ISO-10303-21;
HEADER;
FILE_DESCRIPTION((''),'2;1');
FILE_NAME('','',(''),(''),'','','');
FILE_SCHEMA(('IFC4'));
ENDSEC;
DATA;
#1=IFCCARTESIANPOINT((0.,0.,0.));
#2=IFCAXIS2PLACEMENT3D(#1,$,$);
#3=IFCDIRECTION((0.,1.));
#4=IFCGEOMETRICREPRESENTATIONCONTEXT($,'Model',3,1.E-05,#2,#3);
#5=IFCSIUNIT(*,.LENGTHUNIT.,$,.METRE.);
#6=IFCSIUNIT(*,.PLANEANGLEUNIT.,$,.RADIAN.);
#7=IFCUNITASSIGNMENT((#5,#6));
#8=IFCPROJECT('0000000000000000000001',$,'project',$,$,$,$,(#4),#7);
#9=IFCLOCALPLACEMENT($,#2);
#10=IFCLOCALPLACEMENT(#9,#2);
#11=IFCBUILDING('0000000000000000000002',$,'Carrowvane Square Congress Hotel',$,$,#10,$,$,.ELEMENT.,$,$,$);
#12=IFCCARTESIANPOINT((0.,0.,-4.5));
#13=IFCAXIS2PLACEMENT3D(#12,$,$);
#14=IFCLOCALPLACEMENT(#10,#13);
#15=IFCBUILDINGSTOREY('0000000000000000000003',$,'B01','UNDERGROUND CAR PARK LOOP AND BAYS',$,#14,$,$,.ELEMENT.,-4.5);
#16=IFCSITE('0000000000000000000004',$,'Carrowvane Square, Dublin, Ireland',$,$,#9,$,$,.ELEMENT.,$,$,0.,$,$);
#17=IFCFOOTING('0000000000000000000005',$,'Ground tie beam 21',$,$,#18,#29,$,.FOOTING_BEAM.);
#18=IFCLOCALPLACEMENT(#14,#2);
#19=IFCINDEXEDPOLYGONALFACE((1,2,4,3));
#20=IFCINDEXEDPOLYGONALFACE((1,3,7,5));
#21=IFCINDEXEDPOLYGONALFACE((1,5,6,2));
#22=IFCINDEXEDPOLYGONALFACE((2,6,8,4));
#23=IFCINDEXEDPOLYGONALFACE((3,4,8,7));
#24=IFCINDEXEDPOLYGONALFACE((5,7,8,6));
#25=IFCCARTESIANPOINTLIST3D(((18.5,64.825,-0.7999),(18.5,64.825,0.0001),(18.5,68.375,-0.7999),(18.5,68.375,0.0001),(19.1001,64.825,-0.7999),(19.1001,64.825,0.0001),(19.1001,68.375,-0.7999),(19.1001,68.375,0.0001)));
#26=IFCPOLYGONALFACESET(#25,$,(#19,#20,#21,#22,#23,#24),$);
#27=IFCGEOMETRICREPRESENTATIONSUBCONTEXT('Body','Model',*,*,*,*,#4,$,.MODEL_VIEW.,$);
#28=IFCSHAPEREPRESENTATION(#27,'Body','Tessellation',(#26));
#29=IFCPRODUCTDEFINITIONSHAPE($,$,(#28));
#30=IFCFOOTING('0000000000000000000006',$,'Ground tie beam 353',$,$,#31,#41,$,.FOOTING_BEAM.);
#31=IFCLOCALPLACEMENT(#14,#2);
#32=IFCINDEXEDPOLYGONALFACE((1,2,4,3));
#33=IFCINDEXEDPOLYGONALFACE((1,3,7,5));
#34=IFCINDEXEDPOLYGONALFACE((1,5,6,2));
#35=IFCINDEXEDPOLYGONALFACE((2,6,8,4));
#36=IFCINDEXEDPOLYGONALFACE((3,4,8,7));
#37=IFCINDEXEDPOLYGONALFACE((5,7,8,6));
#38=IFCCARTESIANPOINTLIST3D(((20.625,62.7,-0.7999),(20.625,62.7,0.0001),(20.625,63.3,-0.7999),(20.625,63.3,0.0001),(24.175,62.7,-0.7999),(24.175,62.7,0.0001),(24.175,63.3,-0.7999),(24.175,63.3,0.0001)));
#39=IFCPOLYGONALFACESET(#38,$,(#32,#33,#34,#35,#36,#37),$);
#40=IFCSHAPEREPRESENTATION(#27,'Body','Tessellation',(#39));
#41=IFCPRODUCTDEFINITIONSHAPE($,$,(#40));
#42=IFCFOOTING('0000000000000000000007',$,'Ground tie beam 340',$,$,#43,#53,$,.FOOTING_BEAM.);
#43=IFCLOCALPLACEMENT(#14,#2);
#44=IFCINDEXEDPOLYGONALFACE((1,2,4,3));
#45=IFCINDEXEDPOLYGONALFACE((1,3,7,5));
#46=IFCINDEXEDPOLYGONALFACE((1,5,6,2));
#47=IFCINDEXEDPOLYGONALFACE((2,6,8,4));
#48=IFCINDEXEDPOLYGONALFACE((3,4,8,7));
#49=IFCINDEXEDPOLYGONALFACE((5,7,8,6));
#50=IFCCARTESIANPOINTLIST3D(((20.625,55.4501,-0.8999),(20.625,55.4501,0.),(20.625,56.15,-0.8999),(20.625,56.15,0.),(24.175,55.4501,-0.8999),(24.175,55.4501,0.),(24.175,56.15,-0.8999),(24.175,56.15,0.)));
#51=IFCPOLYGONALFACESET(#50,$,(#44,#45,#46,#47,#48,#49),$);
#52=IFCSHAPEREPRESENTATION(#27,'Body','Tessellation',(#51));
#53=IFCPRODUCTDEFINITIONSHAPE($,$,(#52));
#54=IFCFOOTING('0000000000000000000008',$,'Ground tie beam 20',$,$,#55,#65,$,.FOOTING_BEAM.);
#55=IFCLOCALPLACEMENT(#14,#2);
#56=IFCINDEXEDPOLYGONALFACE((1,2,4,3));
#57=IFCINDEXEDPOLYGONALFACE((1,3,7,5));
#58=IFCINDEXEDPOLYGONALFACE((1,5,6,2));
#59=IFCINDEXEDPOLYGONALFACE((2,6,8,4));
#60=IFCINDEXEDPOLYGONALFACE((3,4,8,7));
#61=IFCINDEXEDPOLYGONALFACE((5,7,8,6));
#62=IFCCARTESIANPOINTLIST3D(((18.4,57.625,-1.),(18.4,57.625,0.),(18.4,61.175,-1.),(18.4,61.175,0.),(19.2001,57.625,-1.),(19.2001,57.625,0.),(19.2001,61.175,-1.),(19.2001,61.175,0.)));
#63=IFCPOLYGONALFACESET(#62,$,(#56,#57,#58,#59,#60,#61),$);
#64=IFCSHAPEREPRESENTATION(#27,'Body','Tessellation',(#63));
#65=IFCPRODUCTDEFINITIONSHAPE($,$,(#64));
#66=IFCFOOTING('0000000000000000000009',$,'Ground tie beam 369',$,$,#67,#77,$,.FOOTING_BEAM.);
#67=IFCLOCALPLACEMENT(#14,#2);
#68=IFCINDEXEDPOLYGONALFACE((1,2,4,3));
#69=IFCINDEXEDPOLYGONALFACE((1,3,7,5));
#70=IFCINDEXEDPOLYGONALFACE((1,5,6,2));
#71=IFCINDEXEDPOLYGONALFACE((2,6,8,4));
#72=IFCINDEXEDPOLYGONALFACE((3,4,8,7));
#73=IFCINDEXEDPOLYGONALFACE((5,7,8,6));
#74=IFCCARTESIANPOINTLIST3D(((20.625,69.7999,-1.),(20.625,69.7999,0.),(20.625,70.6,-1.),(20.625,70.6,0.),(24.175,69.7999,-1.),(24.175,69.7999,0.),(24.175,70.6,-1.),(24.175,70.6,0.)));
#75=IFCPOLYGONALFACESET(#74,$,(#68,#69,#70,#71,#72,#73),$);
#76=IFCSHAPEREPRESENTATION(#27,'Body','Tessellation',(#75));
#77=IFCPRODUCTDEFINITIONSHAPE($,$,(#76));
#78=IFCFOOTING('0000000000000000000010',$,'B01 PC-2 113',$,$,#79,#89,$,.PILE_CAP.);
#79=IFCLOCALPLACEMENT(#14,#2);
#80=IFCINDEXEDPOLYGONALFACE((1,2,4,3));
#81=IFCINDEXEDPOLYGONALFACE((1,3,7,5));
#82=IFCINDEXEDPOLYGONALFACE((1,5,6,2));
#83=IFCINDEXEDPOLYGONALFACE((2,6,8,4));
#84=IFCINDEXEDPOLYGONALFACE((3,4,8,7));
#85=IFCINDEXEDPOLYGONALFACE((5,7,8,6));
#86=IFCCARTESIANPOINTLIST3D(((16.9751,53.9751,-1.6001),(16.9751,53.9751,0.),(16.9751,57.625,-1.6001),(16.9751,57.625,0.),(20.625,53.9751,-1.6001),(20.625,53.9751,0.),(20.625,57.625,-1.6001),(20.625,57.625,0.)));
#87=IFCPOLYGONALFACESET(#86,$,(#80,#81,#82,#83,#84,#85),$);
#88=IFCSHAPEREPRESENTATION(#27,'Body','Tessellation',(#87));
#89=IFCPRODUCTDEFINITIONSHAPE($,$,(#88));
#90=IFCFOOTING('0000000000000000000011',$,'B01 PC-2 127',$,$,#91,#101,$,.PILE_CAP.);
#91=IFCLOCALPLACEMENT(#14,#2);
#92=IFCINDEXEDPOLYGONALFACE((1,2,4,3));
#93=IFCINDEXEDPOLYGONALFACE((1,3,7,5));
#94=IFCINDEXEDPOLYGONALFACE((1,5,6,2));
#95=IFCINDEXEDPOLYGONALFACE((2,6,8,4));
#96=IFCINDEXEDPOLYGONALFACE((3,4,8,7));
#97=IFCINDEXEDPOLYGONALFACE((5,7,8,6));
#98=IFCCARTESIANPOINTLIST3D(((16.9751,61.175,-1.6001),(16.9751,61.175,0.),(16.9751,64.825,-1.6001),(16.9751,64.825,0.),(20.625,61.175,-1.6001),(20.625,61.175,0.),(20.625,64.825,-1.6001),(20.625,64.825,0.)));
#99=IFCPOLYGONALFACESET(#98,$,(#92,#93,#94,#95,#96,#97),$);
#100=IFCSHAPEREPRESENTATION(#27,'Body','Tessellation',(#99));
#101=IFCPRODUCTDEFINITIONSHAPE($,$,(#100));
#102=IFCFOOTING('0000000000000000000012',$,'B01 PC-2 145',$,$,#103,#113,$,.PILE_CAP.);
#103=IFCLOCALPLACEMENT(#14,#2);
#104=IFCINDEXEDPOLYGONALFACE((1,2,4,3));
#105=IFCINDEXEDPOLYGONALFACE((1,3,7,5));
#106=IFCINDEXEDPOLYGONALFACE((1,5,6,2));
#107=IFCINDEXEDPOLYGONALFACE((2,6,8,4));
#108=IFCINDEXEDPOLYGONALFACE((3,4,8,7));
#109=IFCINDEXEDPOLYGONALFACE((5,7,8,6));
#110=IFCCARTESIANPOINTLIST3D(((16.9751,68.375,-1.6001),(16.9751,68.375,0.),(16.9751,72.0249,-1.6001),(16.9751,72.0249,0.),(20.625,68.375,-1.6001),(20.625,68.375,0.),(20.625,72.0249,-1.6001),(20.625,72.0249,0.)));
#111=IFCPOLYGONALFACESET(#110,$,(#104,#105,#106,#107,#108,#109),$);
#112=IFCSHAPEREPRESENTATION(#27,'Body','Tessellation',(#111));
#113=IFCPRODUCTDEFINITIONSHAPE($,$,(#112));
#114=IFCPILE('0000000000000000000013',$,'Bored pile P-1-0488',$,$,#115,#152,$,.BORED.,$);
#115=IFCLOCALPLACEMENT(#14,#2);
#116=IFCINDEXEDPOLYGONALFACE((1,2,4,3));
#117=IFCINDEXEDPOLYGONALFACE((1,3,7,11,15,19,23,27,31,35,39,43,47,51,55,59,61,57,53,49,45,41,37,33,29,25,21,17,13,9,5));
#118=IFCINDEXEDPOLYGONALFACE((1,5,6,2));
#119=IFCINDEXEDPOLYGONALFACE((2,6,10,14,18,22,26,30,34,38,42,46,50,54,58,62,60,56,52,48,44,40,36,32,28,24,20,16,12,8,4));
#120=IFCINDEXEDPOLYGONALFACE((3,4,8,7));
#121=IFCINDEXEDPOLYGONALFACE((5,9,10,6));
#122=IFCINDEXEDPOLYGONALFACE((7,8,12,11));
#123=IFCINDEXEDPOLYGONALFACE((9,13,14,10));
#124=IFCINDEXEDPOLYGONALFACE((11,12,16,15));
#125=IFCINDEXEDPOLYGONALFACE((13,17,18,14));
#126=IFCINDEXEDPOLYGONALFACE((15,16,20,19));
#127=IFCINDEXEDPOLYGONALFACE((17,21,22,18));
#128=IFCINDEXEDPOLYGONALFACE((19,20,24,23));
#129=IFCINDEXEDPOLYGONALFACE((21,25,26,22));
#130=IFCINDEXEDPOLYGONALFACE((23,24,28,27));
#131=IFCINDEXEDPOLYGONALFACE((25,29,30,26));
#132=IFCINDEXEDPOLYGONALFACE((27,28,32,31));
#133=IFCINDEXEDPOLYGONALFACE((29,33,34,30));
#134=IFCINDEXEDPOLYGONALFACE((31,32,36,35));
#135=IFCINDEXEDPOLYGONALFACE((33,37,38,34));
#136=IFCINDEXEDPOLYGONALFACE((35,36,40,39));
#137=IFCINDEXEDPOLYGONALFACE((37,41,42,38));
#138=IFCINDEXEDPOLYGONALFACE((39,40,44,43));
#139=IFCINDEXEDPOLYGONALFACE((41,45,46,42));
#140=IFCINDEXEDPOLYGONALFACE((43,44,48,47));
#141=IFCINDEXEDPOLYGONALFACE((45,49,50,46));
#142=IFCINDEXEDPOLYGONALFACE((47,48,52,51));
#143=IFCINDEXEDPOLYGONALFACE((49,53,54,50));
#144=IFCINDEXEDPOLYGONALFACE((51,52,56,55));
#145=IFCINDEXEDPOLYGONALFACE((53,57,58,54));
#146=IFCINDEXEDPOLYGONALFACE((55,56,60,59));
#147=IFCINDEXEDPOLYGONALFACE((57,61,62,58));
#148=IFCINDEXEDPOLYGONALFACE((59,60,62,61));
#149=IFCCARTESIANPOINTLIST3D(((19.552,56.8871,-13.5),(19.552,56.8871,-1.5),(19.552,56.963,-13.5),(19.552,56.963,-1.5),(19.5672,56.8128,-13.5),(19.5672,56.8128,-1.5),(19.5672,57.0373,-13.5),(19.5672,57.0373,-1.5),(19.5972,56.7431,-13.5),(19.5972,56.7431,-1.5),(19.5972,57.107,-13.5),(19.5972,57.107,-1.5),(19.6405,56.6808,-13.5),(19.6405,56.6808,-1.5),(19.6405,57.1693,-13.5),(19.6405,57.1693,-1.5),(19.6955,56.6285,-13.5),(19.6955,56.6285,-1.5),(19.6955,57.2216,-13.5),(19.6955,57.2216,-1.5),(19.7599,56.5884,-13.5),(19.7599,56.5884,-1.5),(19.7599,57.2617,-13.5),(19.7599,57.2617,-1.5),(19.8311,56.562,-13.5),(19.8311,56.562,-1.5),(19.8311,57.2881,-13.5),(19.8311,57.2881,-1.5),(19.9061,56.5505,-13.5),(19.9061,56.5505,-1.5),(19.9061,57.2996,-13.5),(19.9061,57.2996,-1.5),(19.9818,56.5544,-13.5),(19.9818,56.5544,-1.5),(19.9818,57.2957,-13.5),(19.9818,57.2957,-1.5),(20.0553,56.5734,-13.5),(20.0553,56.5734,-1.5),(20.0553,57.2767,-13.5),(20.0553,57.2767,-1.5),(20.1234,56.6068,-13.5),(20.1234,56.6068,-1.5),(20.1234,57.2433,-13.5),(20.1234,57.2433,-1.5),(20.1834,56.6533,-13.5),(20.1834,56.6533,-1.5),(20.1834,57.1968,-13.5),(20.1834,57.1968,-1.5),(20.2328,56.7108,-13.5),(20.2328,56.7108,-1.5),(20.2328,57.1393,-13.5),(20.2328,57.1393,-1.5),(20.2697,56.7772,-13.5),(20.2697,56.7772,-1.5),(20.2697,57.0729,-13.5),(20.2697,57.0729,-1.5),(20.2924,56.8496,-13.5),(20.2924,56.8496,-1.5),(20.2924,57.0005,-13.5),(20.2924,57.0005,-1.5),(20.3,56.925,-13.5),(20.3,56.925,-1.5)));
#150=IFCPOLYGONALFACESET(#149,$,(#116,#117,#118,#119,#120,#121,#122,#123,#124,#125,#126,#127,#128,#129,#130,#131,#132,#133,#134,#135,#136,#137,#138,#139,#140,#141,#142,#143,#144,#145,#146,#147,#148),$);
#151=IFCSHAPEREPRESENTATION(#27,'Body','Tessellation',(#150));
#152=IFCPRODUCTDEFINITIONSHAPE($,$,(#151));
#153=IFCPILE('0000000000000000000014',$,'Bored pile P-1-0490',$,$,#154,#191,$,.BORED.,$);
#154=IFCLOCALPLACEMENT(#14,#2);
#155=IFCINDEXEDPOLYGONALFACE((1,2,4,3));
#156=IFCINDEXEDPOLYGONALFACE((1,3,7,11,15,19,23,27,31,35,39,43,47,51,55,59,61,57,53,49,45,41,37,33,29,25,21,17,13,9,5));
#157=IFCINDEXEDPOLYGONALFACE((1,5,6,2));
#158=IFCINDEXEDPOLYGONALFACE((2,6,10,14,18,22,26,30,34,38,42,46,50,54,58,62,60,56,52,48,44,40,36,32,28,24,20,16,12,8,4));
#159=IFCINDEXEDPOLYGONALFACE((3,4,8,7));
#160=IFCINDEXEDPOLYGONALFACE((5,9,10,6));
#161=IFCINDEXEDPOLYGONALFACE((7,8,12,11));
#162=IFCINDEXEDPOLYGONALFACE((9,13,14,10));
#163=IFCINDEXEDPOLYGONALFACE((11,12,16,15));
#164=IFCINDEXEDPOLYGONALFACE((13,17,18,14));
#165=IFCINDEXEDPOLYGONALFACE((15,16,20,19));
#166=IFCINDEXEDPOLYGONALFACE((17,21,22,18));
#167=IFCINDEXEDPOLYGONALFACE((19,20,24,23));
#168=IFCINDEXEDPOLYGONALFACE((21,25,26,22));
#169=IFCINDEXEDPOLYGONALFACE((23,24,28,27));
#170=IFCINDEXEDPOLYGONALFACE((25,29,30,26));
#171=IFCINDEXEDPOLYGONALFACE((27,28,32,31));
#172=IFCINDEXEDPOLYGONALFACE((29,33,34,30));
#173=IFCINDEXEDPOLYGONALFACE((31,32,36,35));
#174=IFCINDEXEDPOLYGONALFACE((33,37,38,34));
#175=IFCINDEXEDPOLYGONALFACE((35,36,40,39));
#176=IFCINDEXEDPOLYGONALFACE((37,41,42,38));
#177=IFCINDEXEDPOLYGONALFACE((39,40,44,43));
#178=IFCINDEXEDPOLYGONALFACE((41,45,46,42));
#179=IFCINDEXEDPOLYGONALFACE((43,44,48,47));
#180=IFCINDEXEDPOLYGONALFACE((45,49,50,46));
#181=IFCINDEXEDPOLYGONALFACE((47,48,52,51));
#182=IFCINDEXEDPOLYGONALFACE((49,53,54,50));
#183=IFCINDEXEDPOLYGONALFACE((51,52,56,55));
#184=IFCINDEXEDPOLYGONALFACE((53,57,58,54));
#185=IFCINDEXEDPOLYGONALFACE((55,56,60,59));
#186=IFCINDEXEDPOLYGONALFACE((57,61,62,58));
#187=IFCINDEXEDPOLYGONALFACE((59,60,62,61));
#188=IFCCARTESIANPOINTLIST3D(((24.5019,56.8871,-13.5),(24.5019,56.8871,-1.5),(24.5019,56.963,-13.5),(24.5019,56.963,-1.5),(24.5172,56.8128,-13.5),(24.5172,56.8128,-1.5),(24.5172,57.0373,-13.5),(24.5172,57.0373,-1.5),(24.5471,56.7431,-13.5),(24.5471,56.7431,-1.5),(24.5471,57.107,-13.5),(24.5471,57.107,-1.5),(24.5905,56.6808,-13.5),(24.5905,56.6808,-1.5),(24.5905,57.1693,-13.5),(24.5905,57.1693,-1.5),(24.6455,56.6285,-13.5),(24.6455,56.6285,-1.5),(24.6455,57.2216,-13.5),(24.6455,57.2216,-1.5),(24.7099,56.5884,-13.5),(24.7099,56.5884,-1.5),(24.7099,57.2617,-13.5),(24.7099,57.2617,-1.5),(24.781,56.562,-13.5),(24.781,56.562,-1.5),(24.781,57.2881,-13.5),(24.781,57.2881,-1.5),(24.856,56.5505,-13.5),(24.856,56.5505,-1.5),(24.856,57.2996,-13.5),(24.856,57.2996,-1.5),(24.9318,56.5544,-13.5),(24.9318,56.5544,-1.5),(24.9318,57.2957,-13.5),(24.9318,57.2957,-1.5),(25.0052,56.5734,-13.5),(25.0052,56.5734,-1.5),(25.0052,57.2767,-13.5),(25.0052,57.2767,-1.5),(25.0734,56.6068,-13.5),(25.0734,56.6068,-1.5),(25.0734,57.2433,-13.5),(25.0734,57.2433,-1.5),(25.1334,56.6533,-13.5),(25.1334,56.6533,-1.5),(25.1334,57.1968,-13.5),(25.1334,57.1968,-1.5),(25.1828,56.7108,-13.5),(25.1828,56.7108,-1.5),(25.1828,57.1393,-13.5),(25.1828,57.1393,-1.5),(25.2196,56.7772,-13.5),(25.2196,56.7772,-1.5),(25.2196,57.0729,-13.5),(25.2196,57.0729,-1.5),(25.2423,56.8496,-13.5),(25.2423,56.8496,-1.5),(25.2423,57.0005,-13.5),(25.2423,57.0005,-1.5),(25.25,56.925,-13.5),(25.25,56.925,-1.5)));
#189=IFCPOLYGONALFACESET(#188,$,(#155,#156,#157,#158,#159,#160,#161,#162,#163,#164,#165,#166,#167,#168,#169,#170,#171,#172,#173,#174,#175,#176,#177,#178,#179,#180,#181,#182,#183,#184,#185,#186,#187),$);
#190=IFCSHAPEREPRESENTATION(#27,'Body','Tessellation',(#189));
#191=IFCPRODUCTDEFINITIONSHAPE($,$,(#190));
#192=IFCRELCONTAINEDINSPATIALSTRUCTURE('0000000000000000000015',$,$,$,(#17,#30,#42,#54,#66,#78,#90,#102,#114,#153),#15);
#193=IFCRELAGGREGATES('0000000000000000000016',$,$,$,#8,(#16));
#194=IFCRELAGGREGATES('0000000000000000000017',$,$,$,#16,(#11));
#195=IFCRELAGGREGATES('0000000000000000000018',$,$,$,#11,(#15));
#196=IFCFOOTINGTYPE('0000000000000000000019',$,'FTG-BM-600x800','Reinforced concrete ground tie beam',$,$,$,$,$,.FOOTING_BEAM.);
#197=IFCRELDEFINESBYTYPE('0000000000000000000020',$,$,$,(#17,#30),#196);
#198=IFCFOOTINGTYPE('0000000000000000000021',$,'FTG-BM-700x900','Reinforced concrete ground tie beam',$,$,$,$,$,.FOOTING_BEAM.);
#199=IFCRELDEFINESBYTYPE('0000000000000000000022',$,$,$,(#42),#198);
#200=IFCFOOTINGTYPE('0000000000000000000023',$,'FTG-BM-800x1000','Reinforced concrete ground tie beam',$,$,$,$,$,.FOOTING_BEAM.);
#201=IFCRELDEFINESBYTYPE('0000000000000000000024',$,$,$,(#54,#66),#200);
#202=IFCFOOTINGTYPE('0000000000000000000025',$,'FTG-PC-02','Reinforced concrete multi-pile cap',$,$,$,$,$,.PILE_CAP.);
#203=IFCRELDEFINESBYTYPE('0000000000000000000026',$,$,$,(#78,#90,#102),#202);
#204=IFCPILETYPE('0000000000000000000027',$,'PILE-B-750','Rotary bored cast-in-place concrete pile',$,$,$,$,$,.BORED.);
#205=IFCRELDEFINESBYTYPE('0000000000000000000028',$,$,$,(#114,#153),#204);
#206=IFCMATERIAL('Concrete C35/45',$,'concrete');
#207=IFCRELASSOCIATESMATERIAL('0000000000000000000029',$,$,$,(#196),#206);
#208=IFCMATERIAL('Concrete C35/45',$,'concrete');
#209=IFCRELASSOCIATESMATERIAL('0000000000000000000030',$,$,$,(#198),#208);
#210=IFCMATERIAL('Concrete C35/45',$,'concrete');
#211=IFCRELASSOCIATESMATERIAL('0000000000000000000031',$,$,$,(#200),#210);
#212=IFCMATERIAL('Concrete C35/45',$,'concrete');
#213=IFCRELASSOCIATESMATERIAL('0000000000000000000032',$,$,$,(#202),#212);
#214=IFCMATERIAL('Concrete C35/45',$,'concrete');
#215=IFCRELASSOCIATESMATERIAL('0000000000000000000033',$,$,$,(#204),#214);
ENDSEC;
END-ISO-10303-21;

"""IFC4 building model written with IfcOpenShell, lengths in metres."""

from ifc_helpers import new_model, si_unit, direction, frame, origin, origin_2d, place, context, subcontext, project, spatial, rectangle, circle, extrude, material, material_profile, profile_set, type_object, element, save


model = new_model("IFC4")

# Units and contexts
model_context = context("Model", 3, precision=1e-05, world=origin(), true_north=direction((0.0, 1.0)))
body_context = subcontext(model_context, "Body", "Model", "MODEL_VIEW")
ifc_project = project(units=[si_unit("LENGTHUNIT", "METRE"), si_unit("PLANEANGLEUNIT", "RADIAN")], contexts=[model_context])

# Site, building, storey
site_placement = place(None, origin())
site = spatial("IfcSite", under=ifc_project, at=site_placement, Name="Carrowvane Square, Dublin, Ireland", CompositionType="ELEMENT", RefElevation=0.0)
building_placement = place(site_placement, origin())
building = spatial("IfcBuilding", under=site, at=building_placement, Name="Carrowvane Square Congress Hotel", CompositionType="ELEMENT")
storey_placement = place(building_placement, frame((0.0, 0.0, -4.5)))
storey = spatial("IfcBuildingStorey", under=building, at=storey_placement, Name="B01", Description="UNDERGROUND CAR PARK LOOP AND BAYS", CompositionType="ELEMENT", Elevation=-4.5)

# Footings
ifc_material_1 = material(Name="Concrete C35/45", Category="concrete")
ifc_material_profile_1 = material_profile(ifc_material_1, rectangle(XDim=0.6001, YDim=0.8, at=origin_2d()), Name="RC 600x800")
ifc_profile_set_1 = profile_set([ifc_material_profile_1], Name="Concrete C35/45")
footing_type_1 = type_object("IfcFootingType", Name="FTG-BM-600x800", Description="Reinforced concrete ground tie beam", PredefinedType="FOOTING_BEAM", material=ifc_profile_set_1)
for number, where, z_axis, x_axis, name in (
    (1, (18.8, 64.825, -0.3999), (0.0, 1.0, 0.0), (-1.0, 0.0, 0.0), "Ground tie beam 21"),
    (2, (20.625, 63.0, -0.3999), (1.0, 0.0, 0.0), (0.0, 1.0, 0.0), "Ground tie beam 353"),
):
    element("IfcFooting", number, at=place(storey_placement, frame(where, z_axis=z_axis, x_axis=x_axis)), inside=storey, type_object=footing_type_1, Name=name, PredefinedType="FOOTING_BEAM", context=body_context, shape_type="SweptSolid", body=[
        extrude(rectangle(XDim=0.6001, YDim=0.8, at=origin_2d()), origin(), (0.0, 0.0, 1.0), 3.55),
    ])
ifc_material_2 = material(Name="Concrete C35/45", Category="concrete")
ifc_material_profile_2 = material_profile(ifc_material_2, rectangle(XDim=0.7, YDim=0.8999, at=origin_2d()), Name="RC 700x900")
ifc_profile_set_2 = profile_set([ifc_material_profile_2], Name="Concrete C35/45")
footing_type_2 = type_object("IfcFootingType", Name="FTG-BM-700x900", Description="Reinforced concrete ground tie beam", PredefinedType="FOOTING_BEAM", material=ifc_profile_set_2)
footing_placement = place(storey_placement, frame((20.625, 55.8, -0.45), z_axis=(1.0, 0.0, 0.0), x_axis=(0.0, 1.0, 0.0)))
element("IfcFooting", 3, at=footing_placement, inside=storey, type_object=footing_type_2, Name="Ground tie beam 340", PredefinedType="FOOTING_BEAM", context=body_context, shape_type="SweptSolid", body=[
    extrude(rectangle(XDim=0.7, YDim=0.8999, at=origin_2d()), origin(), (0.0, 0.0, 1.0), 3.55),
])
ifc_material_3 = material(Name="Concrete C35/45", Category="concrete")
ifc_material_profile_3 = material_profile(ifc_material_3, rectangle(XDim=0.8, YDim=1.0, at=origin_2d()), Name="RC 800x1000")
ifc_profile_set_3 = profile_set([ifc_material_profile_3], Name="Concrete C35/45")
footing_type_3 = type_object("IfcFootingType", Name="FTG-BM-800x1000", Description="Reinforced concrete ground tie beam", PredefinedType="FOOTING_BEAM", material=ifc_profile_set_3)
for number, where, z_axis, x_axis, name in (
    (4, (18.8, 57.625, -0.5), (0.0, 1.0, 0.0), (-1.0, 0.0, 0.0), "Ground tie beam 20"),
    (5, (20.625, 70.2, -0.5), (1.0, 0.0, 0.0), (0.0, 1.0, 0.0), "Ground tie beam 369"),
):
    element("IfcFooting", number, at=place(storey_placement, frame(where, z_axis=z_axis, x_axis=x_axis)), inside=storey, type_object=footing_type_3, Name=name, PredefinedType="FOOTING_BEAM", context=body_context, shape_type="SweptSolid", body=[
        extrude(rectangle(XDim=0.8, YDim=1.0, at=origin_2d()), origin(), (0.0, 0.0, 1.0), 3.55),
    ])
ifc_material_4 = material(Name="Concrete C35/45", Category="concrete")
footing_type_4 = type_object("IfcFootingType", Name="FTG-PC-02", Description="Reinforced concrete multi-pile cap", PredefinedType="PILE_CAP", material=ifc_material_4)
for number, where, z_axis, x_axis, name in (
    (6, (18.8, 55.8, -1.6001), (0.0, 0.0, 1.0), (1.0, 0.0, 0.0), "B01 PC-2 113"),
    (7, (18.8, 63.0, -1.6001), (0.0, 0.0, 1.0), (1.0, 0.0, 0.0), "B01 PC-2 127"),
    (8, (18.8, 70.2, -1.6001), (0.0, 0.0, 1.0), (1.0, 0.0, 0.0), "B01 PC-2 145"),
):
    element("IfcFooting", number, at=place(storey_placement, frame(where, z_axis=z_axis, x_axis=x_axis)), inside=storey, type_object=footing_type_4, Name=name, PredefinedType="PILE_CAP", context=body_context, shape_type="SweptSolid", body=[
        extrude(rectangle(XDim=3.6499, YDim=3.6499, at=origin_2d()), origin(), (0.0, 0.0, 1.0), 1.6001),
    ])

# Piles
ifc_material_5 = material(Name="Concrete C35/45", Category="concrete")
ifc_material_profile_4 = material_profile(ifc_material_5, circle(Radius=0.375, at=origin_2d()), Name="PILE D750")
ifc_profile_set_4 = profile_set([ifc_material_profile_4], Name="Concrete C35/45")
pile_type = type_object("IfcPileType", Name="PILE-B-750", Description="Rotary bored cast-in-place concrete pile", PredefinedType="BORED", material=ifc_profile_set_4)
for number, where, z_axis, x_axis, name in (
    (9, (19.925, 56.925, -1.5), (0.0, 0.0, -1.0), (1.0, 0.0, 0.0), "Bored pile P-1-0488"),
    (10, (24.875, 56.925, -1.5), (0.0, 0.0, -1.0), (1.0, 0.0, 0.0), "Bored pile P-1-0490"),
):
    element("IfcPile", number, at=place(storey_placement, frame(where, z_axis=z_axis, x_axis=x_axis)), inside=storey, type_object=pile_type, Name=name, PredefinedType="BORED", context=body_context, shape_type="SweptSolid", body=[
        extrude(circle(Radius=0.375, at=origin_2d()), origin(), (0.0, 0.0, 1.0), 12.0),
    ])

save(model, "model.ifc")
